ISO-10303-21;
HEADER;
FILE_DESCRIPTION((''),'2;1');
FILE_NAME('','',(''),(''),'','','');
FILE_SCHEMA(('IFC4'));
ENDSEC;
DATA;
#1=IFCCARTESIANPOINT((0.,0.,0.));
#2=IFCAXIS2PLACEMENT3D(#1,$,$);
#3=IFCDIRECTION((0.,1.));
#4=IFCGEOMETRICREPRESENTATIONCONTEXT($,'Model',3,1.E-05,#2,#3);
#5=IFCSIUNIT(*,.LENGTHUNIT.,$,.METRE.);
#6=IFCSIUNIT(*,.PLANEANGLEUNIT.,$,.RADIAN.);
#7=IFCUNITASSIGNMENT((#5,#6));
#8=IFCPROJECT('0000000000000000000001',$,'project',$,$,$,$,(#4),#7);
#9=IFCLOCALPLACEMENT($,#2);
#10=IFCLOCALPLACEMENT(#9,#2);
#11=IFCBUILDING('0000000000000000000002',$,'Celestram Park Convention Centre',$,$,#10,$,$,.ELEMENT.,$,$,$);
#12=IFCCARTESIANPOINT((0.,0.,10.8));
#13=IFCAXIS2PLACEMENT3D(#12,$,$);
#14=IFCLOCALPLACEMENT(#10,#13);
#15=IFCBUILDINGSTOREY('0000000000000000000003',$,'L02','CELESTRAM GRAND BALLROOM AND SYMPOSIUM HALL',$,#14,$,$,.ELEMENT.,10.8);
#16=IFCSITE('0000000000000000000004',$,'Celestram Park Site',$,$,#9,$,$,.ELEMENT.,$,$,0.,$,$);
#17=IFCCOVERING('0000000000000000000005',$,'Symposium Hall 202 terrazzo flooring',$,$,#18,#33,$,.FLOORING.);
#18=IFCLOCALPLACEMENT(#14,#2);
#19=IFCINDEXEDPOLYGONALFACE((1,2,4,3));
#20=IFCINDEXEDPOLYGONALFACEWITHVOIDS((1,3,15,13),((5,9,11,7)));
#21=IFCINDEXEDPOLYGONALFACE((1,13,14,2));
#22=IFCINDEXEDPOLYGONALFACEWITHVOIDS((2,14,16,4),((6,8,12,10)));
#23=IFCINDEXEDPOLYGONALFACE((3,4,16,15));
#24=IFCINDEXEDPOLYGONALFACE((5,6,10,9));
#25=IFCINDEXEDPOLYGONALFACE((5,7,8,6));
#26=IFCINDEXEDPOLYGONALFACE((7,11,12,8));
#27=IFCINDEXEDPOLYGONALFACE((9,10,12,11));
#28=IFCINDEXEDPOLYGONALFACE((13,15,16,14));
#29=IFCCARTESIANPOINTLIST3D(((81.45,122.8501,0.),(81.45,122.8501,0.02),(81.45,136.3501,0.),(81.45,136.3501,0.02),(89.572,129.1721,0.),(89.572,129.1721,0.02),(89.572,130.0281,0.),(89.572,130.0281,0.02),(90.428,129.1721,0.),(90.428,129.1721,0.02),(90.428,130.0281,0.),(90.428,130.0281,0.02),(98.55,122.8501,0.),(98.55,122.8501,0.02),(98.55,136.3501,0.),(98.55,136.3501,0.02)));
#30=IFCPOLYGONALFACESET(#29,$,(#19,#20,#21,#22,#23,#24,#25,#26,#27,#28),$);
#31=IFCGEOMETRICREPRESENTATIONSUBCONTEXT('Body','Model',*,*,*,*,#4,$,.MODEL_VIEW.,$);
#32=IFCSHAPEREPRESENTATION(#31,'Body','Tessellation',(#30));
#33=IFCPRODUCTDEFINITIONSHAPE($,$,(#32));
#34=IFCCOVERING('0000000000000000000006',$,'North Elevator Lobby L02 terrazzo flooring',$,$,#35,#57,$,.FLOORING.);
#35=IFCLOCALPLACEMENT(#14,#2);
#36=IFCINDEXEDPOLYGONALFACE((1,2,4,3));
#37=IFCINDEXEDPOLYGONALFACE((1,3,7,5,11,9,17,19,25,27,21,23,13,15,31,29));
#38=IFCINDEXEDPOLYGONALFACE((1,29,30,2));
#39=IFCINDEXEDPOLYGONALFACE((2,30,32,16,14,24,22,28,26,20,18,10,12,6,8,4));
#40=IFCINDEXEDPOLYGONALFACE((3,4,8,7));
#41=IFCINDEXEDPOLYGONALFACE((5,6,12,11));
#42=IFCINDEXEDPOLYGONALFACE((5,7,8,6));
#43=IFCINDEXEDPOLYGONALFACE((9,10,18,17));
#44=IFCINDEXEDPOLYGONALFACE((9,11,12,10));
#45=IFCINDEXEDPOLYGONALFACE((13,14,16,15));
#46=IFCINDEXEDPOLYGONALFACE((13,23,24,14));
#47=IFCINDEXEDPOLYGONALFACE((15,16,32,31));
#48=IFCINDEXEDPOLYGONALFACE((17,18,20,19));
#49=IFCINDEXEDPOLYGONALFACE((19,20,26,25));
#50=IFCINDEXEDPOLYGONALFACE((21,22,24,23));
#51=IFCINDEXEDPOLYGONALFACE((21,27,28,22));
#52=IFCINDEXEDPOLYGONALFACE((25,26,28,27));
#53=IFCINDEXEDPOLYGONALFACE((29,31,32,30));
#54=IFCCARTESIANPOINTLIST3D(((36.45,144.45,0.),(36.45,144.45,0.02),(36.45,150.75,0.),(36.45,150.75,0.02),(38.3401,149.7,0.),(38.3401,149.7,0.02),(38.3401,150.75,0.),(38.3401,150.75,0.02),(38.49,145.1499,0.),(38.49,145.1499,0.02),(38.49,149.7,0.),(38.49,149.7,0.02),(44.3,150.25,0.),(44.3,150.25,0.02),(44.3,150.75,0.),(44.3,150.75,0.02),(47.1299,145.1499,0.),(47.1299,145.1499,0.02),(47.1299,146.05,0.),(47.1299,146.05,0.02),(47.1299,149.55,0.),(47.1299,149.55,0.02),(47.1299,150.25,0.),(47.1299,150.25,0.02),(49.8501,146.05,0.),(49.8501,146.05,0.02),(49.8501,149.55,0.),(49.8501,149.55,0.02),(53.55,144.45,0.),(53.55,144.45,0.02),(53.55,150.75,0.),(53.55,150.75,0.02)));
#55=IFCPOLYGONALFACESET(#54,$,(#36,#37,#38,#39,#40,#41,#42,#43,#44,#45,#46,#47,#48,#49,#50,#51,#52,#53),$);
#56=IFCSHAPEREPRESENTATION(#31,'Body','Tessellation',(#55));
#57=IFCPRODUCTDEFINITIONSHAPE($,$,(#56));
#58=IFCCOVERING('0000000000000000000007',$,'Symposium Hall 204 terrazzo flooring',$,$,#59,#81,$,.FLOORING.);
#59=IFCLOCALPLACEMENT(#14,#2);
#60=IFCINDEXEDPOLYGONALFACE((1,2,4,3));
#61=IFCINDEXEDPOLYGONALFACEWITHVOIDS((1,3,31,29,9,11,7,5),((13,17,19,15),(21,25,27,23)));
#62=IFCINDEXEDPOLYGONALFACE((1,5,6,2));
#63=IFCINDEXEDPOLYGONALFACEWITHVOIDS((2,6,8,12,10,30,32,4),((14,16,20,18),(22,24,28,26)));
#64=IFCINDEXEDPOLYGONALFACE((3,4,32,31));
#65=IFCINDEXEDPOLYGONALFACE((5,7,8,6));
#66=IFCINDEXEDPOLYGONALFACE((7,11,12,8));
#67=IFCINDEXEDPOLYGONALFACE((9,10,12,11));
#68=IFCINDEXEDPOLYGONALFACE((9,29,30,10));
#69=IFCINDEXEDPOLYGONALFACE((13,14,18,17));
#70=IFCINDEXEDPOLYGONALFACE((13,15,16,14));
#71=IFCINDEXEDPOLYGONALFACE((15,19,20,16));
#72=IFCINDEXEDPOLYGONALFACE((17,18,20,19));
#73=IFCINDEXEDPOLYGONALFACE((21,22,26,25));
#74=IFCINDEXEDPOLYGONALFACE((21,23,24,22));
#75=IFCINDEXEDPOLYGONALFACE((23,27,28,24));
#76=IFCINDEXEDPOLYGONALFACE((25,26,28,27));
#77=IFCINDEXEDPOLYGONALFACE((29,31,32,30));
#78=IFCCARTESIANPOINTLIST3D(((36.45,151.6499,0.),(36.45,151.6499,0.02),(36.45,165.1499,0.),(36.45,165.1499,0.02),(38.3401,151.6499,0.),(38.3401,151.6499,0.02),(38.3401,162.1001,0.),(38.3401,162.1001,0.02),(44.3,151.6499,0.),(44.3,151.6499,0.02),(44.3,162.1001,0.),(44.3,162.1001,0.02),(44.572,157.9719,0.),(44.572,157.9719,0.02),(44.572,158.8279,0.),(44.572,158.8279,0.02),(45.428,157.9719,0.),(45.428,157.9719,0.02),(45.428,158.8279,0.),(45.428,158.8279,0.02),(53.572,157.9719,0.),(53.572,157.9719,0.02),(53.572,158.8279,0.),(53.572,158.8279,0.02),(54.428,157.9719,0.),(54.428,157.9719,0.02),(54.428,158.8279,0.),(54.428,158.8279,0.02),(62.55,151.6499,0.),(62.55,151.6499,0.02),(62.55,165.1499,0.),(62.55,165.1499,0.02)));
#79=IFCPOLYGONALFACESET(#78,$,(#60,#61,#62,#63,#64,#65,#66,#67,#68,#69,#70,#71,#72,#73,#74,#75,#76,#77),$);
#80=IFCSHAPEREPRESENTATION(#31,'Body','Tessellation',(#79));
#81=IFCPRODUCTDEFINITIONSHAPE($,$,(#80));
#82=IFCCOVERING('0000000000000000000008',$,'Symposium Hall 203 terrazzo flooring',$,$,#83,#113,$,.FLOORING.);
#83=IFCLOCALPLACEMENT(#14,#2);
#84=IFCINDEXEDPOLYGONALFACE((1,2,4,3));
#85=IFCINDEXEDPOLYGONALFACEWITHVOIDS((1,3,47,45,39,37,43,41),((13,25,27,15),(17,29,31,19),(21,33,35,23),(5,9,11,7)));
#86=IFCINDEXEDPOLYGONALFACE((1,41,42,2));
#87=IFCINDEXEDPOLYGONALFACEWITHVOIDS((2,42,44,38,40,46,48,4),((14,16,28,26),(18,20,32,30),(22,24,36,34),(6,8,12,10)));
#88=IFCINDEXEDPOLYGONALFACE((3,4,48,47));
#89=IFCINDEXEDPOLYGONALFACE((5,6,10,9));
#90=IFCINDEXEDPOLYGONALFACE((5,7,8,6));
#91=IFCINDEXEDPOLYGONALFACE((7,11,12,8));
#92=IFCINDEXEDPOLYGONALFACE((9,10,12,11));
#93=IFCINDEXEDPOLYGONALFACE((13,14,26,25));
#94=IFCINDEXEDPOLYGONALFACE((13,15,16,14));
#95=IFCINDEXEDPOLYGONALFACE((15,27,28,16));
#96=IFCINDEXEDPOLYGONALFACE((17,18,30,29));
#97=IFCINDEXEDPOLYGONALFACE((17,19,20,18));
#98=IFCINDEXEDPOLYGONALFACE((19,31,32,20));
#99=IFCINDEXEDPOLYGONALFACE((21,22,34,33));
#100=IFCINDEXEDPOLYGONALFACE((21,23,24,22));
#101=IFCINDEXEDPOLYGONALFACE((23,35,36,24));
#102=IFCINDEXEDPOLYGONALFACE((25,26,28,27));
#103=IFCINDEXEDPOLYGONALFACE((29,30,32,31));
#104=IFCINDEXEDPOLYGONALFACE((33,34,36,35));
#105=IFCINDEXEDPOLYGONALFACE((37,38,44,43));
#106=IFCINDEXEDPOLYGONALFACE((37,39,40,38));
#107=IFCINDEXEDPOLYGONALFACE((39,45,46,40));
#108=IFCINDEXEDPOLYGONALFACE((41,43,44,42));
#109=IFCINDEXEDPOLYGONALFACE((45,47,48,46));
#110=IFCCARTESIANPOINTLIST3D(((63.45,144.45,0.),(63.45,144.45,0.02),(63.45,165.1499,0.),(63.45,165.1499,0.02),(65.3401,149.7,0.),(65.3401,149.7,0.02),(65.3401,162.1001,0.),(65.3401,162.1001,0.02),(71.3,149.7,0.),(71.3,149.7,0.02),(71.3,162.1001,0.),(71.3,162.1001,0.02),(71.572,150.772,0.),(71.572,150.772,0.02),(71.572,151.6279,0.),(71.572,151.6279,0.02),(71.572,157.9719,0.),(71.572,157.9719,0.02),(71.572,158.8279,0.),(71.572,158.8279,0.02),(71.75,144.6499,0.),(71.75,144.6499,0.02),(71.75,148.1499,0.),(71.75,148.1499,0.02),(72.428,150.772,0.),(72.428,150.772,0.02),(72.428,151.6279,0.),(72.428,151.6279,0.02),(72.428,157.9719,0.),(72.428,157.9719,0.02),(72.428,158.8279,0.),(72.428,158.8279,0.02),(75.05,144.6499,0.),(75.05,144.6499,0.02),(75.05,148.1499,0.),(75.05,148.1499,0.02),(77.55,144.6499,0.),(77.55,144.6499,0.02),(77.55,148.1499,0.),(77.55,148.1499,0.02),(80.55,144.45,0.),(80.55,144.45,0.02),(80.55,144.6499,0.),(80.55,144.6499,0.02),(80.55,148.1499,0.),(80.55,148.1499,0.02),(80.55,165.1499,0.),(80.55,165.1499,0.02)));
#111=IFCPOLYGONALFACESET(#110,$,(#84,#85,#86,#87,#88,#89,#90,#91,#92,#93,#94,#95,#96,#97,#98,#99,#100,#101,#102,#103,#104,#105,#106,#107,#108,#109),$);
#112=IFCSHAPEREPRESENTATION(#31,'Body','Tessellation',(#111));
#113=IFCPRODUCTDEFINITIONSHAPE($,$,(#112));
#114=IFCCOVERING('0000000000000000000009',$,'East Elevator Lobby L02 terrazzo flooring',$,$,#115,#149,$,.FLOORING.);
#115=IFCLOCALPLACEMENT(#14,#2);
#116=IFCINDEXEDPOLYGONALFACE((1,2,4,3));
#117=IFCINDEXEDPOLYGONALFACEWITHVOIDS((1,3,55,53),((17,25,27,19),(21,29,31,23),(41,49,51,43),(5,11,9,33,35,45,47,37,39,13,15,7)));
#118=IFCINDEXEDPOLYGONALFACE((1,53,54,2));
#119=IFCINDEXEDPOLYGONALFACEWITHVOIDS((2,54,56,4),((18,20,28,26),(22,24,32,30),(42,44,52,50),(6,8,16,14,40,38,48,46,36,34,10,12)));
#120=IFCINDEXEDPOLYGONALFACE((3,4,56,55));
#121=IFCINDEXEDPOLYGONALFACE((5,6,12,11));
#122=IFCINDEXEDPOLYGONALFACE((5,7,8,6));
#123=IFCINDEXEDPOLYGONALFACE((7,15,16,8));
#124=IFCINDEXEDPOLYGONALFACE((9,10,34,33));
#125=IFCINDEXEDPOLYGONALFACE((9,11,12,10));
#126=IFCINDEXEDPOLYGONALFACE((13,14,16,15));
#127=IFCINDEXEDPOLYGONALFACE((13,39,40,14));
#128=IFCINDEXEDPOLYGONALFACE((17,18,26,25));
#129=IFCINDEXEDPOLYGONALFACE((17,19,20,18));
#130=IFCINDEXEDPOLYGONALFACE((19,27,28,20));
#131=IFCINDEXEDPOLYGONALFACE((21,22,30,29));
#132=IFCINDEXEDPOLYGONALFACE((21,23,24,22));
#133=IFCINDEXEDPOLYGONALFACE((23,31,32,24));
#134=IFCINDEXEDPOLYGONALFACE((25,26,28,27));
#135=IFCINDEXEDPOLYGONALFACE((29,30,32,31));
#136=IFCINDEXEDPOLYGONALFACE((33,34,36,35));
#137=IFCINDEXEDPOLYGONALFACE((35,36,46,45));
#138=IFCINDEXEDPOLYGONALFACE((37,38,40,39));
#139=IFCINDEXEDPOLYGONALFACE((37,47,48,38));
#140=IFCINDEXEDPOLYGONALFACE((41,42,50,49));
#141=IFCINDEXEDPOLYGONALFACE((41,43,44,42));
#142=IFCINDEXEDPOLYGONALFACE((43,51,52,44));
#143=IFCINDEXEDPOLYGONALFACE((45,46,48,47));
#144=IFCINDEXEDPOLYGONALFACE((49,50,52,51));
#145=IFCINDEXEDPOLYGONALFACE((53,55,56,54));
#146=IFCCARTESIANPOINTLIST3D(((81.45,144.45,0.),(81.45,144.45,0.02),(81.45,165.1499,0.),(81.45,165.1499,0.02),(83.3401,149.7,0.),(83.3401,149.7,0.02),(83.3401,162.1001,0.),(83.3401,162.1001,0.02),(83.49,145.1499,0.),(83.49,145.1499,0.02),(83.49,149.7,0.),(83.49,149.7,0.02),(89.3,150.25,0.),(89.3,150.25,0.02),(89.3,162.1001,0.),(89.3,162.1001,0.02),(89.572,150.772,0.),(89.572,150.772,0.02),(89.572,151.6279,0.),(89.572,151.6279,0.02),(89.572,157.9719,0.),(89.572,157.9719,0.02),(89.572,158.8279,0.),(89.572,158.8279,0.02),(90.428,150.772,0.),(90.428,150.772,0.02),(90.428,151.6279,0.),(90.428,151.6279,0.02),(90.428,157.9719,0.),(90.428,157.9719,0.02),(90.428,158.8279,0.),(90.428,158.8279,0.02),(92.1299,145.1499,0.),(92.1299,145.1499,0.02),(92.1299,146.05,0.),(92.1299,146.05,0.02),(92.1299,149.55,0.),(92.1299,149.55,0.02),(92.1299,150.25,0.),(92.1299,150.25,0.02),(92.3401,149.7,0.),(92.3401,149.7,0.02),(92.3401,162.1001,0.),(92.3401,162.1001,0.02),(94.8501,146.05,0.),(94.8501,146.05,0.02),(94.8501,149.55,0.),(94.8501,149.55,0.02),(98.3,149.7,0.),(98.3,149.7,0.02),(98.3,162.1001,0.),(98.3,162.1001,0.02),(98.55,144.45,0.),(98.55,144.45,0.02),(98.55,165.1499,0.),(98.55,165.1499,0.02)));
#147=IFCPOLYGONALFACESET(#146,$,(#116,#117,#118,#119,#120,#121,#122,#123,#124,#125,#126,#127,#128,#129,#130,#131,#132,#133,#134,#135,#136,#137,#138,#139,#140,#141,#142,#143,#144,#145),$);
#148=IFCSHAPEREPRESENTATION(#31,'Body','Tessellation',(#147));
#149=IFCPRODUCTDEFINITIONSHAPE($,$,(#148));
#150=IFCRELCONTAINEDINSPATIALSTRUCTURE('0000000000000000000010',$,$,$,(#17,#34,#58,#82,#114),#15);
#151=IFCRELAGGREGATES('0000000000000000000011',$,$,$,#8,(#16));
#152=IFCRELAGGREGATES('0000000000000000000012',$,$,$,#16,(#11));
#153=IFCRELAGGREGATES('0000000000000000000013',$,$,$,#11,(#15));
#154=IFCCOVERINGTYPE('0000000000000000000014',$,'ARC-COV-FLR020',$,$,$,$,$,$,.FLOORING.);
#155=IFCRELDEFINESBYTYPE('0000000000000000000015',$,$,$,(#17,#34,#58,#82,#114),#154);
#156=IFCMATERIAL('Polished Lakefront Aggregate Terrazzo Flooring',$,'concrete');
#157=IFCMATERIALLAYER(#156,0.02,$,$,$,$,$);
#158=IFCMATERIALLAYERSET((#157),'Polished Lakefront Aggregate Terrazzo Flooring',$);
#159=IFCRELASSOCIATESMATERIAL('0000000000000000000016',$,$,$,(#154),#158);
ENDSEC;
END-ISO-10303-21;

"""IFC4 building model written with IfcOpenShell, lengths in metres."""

from ifc_helpers import new_model, si_unit, direction, frame, origin, place, context, subcontext, project, spatial, polyline, outline, extrude, material, layer, layer_set, type_object, element, save


model = new_model("IFC4")

# Units and contexts
model_context = context("Model", 3, precision=1e-05, world=origin(), true_north=direction((0.0, 1.0)))
body_context = subcontext(model_context, "Body", "Model", "MODEL_VIEW")
ifc_project = project(units=[si_unit("LENGTHUNIT", "METRE"), si_unit("PLANEANGLEUNIT", "RADIAN")], contexts=[model_context])

# Site, building, storey
site_placement = place(None, origin())
site = spatial("IfcSite", under=ifc_project, at=site_placement, Name="Celestram Park Site", CompositionType="ELEMENT", RefElevation=0.0)
building_placement = place(site_placement, origin())
building = spatial("IfcBuilding", under=site, at=building_placement, Name="Celestram Park Convention Centre", CompositionType="ELEMENT")
storey_placement = place(building_placement, frame((0.0, 0.0, 10.8)))
storey = spatial("IfcBuildingStorey", under=building, at=storey_placement, Name="L02", Description="CELESTRAM GRAND BALLROOM AND SYMPOSIUM HALL", CompositionType="ELEMENT", Elevation=10.8)

# Coverings
ifc_material_1 = material(Name="Polished Lakefront Aggregate Terrazzo Flooring", Category="concrete")
ifc_layer_1 = layer(ifc_material_1, 0.02)
ifc_layer_set_1 = layer_set([ifc_layer_1], Name="Polished Lakefront Aggregate Terrazzo Flooring")
covering_type_1 = type_object("IfcCoveringType", Name="ARC-COV-FLR020", PredefinedType="FLOORING", material=ifc_layer_set_1)
covering_1_placement = place(storey_placement, origin())
element("IfcCovering", 1, at=covering_1_placement, inside=storey, type_object=covering_type_1, Name="Symposium Hall 202 terrazzo flooring", PredefinedType="FLOORING", context=body_context, shape_type="SweptSolid", body=[
    extrude(outline(polyline([(98.55, 136.3501), (98.55, 122.8501), (81.45, 122.8501), (81.45, 136.3501), (98.55, 136.3501)]), holes=[polyline([(89.572, 130.0281), (89.572, 129.1721), (90.428, 129.1721), (90.428, 130.0281), (89.572, 130.0281)])]), origin(), (0.0, 0.0, 1.0), 0.02),
])
covering_2_placement = place(storey_placement, origin())
element("IfcCovering", 2, at=covering_2_placement, inside=storey, type_object=covering_type_1, Name="North Elevator Lobby L02 terrazzo flooring", PredefinedType="FLOORING", context=body_context, shape_type="SweptSolid", body=[
    extrude(outline(polyline([(38.3401, 150.75), (38.3401, 149.7), (38.49, 149.7), (38.49, 145.1499), (47.1299, 145.1499), (47.1299, 146.05), (49.8501, 146.05), (49.8501, 149.55), (47.1299, 149.55), (47.1299, 150.25), (44.3, 150.25), (44.3, 150.75), (53.55, 150.75), (53.55, 144.45), (36.45, 144.45), (36.45, 150.75), (38.3401, 150.75)])), origin(), (0.0, 0.0, 1.0), 0.02),
])
covering_3_placement = place(storey_placement, origin())
element("IfcCovering", 3, at=covering_3_placement, inside=storey, type_object=covering_type_1, Name="Symposium Hall 204 terrazzo flooring", PredefinedType="FLOORING", context=body_context, shape_type="SweptSolid", body=[
    extrude(outline(polyline([(62.55, 165.1499), (62.55, 151.6499), (44.3, 151.6499), (44.3, 162.1001), (38.3401, 162.1001), (38.3401, 151.6499), (36.45, 151.6499), (36.45, 165.1499), (62.55, 165.1499)]), holes=[polyline([(45.428, 158.8279), (44.572, 158.8279), (44.572, 157.9719), (45.428, 157.9719), (45.428, 158.8279)]), polyline([(54.428, 158.8279), (53.572, 158.8279), (53.572, 157.9719), (54.428, 157.9719), (54.428, 158.8279)])]), origin(), (0.0, 0.0, 1.0), 0.02),
])
covering_4_placement = place(storey_placement, origin())
element("IfcCovering", 4, at=covering_4_placement, inside=storey, type_object=covering_type_1, Name="Symposium Hall 203 terrazzo flooring", PredefinedType="FLOORING", context=body_context, shape_type="SweptSolid", body=[
    extrude(outline(polyline([(63.45, 165.1499), (80.55, 165.1499), (80.55, 148.1499), (77.55, 148.1499), (77.55, 144.6499), (80.55, 144.6499), (80.55, 144.45), (63.45, 144.45), (63.45, 165.1499)]), holes=[polyline([(75.05, 144.6499), (75.05, 148.1499), (71.75, 148.1499), (71.75, 144.6499), (75.05, 144.6499)]), polyline([(71.3, 149.7), (71.3, 162.1001), (65.3401, 162.1001), (65.3401, 149.7), (71.3, 149.7)]), polyline([(72.428, 151.6279), (71.572, 151.6279), (71.572, 150.772), (72.428, 150.772), (72.428, 151.6279)]), polyline([(72.428, 158.8279), (71.572, 158.8279), (71.572, 157.9719), (72.428, 157.9719), (72.428, 158.8279)])]), origin(), (0.0, 0.0, 1.0), 0.02),
])
covering_5_placement = place(storey_placement, origin())
element("IfcCovering", 5, at=covering_5_placement, inside=storey, type_object=covering_type_1, Name="East Elevator Lobby L02 terrazzo flooring", PredefinedType="FLOORING", context=body_context, shape_type="SweptSolid", body=[
    extrude(outline(polyline([(98.55, 165.1499), (98.55, 144.45), (81.45, 144.45), (81.45, 165.1499), (98.55, 165.1499)]), holes=[polyline([(92.1299, 150.25), (89.3, 150.25), (89.3, 162.1001), (83.3401, 162.1001), (83.3401, 149.7), (83.49, 149.7), (83.49, 145.1499), (92.1299, 145.1499), (92.1299, 146.05), (94.8501, 146.05), (94.8501, 149.55), (92.1299, 149.55), (92.1299, 150.25)]), polyline([(98.3, 162.1001), (92.3401, 162.1001), (92.3401, 149.7), (98.3, 149.7), (98.3, 162.1001)]), polyline([(90.428, 151.6279), (89.572, 151.6279), (89.572, 150.772), (90.428, 150.772), (90.428, 151.6279)]), polyline([(90.428, 158.8279), (89.572, 158.8279), (89.572, 157.9719), (90.428, 157.9719), (90.428, 158.8279)])]), origin(), (0.0, 0.0, 1.0), 0.02),
])

save(model, "model.ifc")
